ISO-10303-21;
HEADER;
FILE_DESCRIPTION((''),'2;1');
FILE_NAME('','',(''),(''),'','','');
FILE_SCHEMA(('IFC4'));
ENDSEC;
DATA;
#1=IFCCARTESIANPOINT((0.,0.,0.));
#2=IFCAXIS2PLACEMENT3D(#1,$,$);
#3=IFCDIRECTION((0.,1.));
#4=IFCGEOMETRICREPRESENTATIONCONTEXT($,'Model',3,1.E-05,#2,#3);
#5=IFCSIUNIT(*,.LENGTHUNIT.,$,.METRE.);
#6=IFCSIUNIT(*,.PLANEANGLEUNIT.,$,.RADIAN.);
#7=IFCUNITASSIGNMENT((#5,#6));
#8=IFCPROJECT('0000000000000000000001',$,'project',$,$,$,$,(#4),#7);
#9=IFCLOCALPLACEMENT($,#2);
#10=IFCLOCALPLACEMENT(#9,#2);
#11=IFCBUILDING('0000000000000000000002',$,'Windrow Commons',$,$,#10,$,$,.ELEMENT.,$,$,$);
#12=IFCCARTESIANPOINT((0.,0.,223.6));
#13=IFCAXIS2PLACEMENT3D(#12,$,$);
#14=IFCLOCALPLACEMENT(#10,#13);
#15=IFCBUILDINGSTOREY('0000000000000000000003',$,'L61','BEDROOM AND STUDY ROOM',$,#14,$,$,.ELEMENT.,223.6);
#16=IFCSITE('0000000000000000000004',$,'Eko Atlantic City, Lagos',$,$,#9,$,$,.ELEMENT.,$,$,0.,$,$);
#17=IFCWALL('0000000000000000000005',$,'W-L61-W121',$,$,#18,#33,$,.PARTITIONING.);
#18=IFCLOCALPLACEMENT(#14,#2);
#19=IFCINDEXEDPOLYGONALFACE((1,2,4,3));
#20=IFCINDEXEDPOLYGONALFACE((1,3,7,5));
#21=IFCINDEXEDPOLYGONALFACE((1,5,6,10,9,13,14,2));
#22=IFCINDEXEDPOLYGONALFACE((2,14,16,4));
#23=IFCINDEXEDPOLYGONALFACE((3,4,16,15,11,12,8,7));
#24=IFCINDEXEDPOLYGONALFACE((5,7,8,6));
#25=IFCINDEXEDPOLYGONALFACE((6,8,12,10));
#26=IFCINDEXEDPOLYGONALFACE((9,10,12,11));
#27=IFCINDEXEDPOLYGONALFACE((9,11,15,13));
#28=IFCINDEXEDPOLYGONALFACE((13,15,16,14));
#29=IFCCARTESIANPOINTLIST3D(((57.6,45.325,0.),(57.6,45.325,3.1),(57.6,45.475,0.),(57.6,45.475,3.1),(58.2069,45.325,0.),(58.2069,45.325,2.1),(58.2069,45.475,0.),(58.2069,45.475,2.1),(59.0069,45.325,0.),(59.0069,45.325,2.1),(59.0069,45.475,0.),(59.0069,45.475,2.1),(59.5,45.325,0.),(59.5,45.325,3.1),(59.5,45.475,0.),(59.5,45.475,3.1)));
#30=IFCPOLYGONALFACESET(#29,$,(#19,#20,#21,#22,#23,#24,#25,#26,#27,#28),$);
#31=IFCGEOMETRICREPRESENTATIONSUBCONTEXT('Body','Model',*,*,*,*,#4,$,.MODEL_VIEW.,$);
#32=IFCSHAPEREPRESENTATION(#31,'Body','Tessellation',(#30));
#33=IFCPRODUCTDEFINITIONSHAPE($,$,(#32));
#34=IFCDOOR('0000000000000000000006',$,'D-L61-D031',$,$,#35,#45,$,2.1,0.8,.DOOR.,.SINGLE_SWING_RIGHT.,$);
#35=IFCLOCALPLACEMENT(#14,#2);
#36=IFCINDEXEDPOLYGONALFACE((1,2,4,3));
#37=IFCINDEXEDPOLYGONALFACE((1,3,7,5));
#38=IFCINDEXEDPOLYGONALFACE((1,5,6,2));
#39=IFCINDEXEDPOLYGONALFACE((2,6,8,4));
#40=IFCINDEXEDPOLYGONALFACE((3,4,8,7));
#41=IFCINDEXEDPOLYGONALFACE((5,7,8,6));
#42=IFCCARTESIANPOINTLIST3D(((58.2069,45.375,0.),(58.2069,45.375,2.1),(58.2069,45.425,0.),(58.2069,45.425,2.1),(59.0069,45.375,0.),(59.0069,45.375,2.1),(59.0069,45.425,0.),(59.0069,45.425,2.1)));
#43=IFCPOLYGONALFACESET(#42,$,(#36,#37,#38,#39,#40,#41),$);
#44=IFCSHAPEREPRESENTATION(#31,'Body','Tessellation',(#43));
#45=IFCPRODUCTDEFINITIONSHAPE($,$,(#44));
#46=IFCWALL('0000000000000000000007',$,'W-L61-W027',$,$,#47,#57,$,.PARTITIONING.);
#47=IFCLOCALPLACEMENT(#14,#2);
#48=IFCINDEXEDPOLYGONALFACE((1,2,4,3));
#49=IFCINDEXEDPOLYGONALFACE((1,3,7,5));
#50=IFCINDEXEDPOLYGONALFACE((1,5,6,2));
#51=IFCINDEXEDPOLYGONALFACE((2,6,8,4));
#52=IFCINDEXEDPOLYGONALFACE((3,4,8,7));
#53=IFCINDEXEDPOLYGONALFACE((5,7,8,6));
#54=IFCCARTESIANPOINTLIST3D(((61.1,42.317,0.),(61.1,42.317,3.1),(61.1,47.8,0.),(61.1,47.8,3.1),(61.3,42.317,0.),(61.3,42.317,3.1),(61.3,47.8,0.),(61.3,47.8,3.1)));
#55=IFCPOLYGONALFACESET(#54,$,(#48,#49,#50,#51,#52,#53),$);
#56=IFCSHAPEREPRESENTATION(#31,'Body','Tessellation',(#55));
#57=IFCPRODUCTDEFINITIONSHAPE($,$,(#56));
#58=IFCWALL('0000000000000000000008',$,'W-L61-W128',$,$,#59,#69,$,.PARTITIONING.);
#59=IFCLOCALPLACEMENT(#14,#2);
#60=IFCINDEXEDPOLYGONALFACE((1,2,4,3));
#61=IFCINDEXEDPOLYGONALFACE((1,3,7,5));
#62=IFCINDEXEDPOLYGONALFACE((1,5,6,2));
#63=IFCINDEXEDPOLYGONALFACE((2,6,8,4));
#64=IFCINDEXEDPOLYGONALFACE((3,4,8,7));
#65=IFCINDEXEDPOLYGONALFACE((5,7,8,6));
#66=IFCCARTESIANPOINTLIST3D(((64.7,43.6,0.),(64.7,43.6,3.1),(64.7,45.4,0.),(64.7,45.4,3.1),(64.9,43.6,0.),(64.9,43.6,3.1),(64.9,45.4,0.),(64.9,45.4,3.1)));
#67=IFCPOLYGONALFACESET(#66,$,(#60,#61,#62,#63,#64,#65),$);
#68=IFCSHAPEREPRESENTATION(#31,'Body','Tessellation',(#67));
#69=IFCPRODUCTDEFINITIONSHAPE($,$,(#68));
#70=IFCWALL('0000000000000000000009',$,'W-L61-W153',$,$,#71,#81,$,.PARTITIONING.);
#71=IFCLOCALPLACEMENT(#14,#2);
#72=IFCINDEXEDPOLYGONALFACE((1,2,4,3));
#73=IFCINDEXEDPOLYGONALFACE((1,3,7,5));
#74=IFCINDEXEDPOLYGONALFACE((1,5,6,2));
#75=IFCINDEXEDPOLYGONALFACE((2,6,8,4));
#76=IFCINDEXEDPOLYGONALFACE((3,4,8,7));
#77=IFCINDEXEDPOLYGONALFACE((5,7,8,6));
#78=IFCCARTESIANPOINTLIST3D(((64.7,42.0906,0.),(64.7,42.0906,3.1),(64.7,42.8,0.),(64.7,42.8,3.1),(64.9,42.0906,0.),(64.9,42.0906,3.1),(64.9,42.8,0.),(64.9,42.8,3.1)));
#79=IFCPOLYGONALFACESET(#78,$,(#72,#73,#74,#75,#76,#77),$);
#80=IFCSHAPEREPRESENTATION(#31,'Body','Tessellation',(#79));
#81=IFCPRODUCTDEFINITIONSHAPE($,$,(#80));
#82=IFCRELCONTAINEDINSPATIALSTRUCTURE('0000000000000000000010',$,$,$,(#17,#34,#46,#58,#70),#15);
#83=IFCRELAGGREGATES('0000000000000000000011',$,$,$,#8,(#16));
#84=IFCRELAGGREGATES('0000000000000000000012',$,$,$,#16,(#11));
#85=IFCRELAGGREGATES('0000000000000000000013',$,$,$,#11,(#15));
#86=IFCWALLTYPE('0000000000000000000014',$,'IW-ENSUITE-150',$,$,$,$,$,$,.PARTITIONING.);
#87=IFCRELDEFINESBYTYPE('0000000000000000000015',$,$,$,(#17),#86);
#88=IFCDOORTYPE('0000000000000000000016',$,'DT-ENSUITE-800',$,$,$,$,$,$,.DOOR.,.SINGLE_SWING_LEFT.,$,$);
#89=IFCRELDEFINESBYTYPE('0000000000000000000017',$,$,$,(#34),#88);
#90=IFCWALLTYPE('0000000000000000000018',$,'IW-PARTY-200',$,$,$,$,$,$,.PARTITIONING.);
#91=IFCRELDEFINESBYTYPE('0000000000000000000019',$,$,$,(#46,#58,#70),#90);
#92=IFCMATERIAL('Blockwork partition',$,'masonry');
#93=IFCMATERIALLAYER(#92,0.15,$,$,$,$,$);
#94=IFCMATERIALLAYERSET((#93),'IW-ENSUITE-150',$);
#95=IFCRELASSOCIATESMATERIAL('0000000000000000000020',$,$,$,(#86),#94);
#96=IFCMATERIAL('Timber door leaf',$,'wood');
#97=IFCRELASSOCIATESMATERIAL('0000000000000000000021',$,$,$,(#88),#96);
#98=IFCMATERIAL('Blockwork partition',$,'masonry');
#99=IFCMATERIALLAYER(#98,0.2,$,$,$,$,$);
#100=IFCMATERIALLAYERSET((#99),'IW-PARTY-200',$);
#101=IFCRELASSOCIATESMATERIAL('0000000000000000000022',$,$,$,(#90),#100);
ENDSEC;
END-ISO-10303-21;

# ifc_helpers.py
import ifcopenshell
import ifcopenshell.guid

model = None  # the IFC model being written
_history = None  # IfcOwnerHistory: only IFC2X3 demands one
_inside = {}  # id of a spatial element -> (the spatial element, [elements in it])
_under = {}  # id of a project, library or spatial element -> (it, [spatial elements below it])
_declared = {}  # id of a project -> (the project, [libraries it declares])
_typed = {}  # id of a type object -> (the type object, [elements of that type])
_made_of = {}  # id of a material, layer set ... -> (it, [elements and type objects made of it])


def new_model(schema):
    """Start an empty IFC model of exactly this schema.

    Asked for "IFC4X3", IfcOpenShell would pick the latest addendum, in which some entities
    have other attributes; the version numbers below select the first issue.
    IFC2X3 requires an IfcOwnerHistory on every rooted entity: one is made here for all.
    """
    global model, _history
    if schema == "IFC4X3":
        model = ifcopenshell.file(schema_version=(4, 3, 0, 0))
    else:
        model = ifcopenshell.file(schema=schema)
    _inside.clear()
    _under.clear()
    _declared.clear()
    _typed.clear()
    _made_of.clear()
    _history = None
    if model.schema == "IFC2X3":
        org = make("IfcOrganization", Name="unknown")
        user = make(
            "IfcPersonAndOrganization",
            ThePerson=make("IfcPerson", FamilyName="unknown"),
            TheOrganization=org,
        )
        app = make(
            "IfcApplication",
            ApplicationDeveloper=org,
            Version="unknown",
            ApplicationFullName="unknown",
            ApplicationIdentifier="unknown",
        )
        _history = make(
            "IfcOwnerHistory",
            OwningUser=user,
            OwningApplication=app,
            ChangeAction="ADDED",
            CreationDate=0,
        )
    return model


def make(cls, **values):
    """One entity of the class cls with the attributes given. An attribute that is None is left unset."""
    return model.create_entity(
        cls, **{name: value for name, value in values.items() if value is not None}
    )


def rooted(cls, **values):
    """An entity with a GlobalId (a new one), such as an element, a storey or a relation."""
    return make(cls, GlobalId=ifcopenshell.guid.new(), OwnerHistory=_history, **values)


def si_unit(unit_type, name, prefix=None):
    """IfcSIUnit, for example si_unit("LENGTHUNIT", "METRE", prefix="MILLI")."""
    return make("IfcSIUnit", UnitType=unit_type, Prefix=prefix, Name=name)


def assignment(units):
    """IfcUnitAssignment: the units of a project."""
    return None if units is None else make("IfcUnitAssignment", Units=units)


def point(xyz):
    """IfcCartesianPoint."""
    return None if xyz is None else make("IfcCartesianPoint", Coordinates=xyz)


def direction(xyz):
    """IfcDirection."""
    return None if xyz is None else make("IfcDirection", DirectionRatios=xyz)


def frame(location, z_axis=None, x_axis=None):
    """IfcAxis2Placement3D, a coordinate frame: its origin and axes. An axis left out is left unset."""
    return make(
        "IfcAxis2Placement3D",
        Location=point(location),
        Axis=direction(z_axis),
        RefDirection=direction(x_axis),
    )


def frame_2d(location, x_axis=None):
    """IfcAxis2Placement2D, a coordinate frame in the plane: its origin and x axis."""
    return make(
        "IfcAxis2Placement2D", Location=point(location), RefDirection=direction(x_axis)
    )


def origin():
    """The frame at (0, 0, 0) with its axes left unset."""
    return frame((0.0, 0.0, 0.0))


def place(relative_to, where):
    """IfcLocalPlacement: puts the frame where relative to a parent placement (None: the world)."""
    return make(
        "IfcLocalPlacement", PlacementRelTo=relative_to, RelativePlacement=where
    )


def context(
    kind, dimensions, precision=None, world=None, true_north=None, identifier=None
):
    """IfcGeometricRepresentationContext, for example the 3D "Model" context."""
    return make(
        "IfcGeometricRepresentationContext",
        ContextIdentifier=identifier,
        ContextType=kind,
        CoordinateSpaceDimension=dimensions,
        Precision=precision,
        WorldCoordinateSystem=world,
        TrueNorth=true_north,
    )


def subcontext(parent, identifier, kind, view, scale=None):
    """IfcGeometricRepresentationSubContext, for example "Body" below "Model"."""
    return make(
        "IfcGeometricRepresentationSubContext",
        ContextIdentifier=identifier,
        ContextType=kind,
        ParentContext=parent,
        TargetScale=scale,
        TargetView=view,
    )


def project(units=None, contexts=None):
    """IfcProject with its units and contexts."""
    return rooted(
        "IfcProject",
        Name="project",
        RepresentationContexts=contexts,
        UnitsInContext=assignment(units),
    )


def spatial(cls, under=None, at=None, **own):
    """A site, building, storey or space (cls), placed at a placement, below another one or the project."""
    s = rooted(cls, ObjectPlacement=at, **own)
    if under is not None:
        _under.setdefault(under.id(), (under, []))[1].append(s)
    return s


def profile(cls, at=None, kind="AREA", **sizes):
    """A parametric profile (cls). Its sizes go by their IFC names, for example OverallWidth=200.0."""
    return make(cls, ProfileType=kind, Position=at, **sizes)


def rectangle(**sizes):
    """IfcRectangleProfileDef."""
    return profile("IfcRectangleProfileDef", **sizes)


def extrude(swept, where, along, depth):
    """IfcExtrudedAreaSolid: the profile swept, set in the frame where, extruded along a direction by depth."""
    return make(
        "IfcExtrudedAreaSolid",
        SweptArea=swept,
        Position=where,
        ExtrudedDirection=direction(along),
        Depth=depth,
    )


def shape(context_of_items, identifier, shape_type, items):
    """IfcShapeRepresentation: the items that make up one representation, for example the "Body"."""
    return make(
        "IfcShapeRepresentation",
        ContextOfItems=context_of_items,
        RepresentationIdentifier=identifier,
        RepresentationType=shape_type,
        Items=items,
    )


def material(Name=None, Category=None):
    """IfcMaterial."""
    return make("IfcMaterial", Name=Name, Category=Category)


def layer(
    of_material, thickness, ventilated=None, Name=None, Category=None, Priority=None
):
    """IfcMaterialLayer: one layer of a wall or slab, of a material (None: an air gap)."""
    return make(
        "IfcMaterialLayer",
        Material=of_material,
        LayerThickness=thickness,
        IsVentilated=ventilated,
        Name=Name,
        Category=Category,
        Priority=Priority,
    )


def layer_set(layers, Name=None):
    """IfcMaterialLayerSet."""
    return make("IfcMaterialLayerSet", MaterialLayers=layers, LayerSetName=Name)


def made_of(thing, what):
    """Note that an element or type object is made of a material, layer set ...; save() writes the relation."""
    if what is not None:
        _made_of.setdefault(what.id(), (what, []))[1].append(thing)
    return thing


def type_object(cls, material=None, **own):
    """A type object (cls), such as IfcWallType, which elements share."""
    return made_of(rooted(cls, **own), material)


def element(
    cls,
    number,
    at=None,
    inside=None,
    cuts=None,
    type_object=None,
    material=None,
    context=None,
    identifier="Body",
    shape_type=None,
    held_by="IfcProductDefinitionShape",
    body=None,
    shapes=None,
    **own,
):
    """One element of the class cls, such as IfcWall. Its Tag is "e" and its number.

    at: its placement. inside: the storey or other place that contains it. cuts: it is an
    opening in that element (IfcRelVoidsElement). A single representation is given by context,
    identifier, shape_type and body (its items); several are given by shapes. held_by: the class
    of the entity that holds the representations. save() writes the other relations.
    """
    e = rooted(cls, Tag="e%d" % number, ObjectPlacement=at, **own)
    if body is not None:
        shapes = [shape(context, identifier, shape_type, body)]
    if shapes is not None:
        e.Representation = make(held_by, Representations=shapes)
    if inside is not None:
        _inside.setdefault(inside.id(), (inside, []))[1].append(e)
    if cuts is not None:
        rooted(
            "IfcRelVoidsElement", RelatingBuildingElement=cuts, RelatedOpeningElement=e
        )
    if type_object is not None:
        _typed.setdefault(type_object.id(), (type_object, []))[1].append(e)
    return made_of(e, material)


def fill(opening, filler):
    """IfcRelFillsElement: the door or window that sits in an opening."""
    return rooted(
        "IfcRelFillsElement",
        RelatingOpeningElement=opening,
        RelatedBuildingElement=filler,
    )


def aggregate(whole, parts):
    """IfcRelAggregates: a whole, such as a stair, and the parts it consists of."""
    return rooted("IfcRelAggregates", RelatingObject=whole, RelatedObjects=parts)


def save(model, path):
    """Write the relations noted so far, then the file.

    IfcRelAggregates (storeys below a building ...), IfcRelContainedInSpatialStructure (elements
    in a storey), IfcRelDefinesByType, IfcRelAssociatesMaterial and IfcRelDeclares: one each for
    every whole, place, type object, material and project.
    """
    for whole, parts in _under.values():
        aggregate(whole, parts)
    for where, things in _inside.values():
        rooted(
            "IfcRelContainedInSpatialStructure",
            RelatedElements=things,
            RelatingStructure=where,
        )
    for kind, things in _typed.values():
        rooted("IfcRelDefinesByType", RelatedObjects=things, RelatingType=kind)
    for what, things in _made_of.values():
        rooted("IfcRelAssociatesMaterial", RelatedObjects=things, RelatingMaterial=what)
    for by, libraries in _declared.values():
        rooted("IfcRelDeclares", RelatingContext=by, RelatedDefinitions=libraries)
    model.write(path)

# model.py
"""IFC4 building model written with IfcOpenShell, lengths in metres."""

from ifc_helpers import new_model, si_unit, direction, frame, frame_2d, origin, place, context, subcontext, project, spatial, rectangle, extrude, material, layer, layer_set, type_object, element, fill, save


model = new_model("IFC4")

# Units and contexts
model_context = context("Model", 3, precision=1e-05, world=origin(), true_north=direction((0.0, 1.0)))
body_context = subcontext(model_context, "Body", "Model", "MODEL_VIEW")
ifc_project = project(units=[si_unit("LENGTHUNIT", "METRE"), si_unit("PLANEANGLEUNIT", "RADIAN")], contexts=[model_context])

# Site, building, storey
site_placement = place(None, origin())
site = spatial("IfcSite", under=ifc_project, at=site_placement, Name="Eko Atlantic City, Lagos", CompositionType="ELEMENT", RefElevation=0.0)
building_placement = place(site_placement, origin())
building = spatial("IfcBuilding", under=site, at=building_placement, Name="Windrow Commons", CompositionType="ELEMENT")
storey_placement = place(building_placement, frame((0.0, 0.0, 223.6)))
storey = spatial("IfcBuildingStorey", under=building, at=storey_placement, Name="L61", Description="BEDROOM AND STUDY ROOM", CompositionType="ELEMENT", Elevation=223.6)

# Shared definitions
ifc_material_1 = material(Name="Blockwork partition", Category="masonry")
ifc_layer_1 = layer(ifc_material_1, 0.15)
ifc_layer_set_1 = layer_set([ifc_layer_1], Name="IW-ENSUITE-150")
wall_type_1 = type_object("IfcWallType", Name="IW-ENSUITE-150", PredefinedType="PARTITIONING", material=ifc_layer_set_1)
ifc_material_2 = material(Name="Timber door leaf", Category="wood")
door_type = type_object("IfcDoorType", Name="DT-ENSUITE-800", OperationType="SINGLE_SWING_LEFT", PredefinedType="DOOR", material=ifc_material_2)

# Wall, opening, door
wall_1_placement = place(storey_placement, frame((57.6, 45.4, 0.0), z_axis=(0.0, 0.0, 1.0), x_axis=(1.0, 0.0, 0.0)))
wall_1 = element("IfcWall", 1, at=wall_1_placement, inside=storey, type_object=wall_type_1, Name="W-L61-W121", PredefinedType="PARTITIONING", context=body_context, shape_type="SweptSolid", body=[
    extrude(rectangle(XDim=1.9, YDim=0.15, at=frame_2d((0.95, 0.0))), origin(), (0.0, 0.0, 1.0), 3.1),
])
opening_1_placement = place(wall_1_placement, frame((0.6069, 0.0, 0.0)))
opening_1 = element("IfcOpeningElement", 2, at=opening_1_placement, cuts=wall_1, PredefinedType="OPENING", context=body_context, shape_type="SweptSolid", body=[
    extrude(rectangle(XDim=0.8, YDim=2.1, at=frame_2d((0.4, 1.05))), frame((0.0, 0.085, 0.0), z_axis=(0.0, -1.0, 0.0), x_axis=(1.0, 0.0, 0.0)), (0.0, 0.0, 1.0), 0.17),
])
door_1_placement = place(opening_1_placement, origin())
door_1 = element("IfcDoor", 3, at=door_1_placement, inside=storey, type_object=door_type, Name="D-L61-D031", OperationType="SINGLE_SWING_RIGHT", OverallHeight=2.1, OverallWidth=0.8, PredefinedType="DOOR", context=body_context, shape_type="SweptSolid", body=[
    extrude(rectangle(XDim=0.8, YDim=2.1, at=frame_2d((0.4, 1.05))), frame((0.0, 0.025, 0.0), z_axis=(0.0, -1.0, 0.0), x_axis=(1.0, 0.0, 0.0)), (0.0, 0.0, 1.0), 0.05),
])
fill(opening_1, door_1)

# Walls
ifc_material_3 = material(Name="Blockwork partition", Category="masonry")
ifc_layer_2 = layer(ifc_material_3, 0.2)
ifc_layer_set_2 = layer_set([ifc_layer_2], Name="IW-PARTY-200")
wall_type_2 = type_object("IfcWallType", Name="IW-PARTY-200", PredefinedType="PARTITIONING", material=ifc_layer_set_2)
wall_2_placement = place(storey_placement, frame((61.2, 42.3169, 0.0), z_axis=(0.0, 0.0, 1.0), x_axis=(0.0, 1.0, 0.0)))
element("IfcWall", 4, at=wall_2_placement, inside=storey, type_object=wall_type_2, Name="W-L61-W027", PredefinedType="PARTITIONING", context=body_context, shape_type="SweptSolid", body=[
    extrude(rectangle(XDim=5.4831, YDim=0.2, at=frame_2d((2.7416, 0.0))), origin(), (0.0, 0.0, 1.0), 3.1),
])
wall_3_placement = place(storey_placement, frame((64.8, 43.6, 0.0), z_axis=(0.0, 0.0, 1.0), x_axis=(0.0, 1.0, 0.0)))
element("IfcWall", 5, at=wall_3_placement, inside=storey, type_object=wall_type_2, Name="W-L61-W128", PredefinedType="PARTITIONING", context=body_context, shape_type="SweptSolid", body=[
    extrude(rectangle(XDim=1.8, YDim=0.2, at=frame_2d((0.9, 0.0))), origin(), (0.0, 0.0, 1.0), 3.1),
])
wall_4_placement = place(storey_placement, frame((64.8, 42.0906, 0.0), z_axis=(0.0, 0.0, 1.0), x_axis=(0.0, 1.0, 0.0)))
element("IfcWall", 6, at=wall_4_placement, inside=storey, type_object=wall_type_2, Name="W-L61-W153", PredefinedType="PARTITIONING", context=body_context, shape_type="SweptSolid", body=[
    extrude(rectangle(XDim=0.7094, YDim=0.2, at=frame_2d((0.3547, 0.0))), origin(), (0.0, 0.0, 1.0), 3.1),
])

save(model, "model.ifc")
